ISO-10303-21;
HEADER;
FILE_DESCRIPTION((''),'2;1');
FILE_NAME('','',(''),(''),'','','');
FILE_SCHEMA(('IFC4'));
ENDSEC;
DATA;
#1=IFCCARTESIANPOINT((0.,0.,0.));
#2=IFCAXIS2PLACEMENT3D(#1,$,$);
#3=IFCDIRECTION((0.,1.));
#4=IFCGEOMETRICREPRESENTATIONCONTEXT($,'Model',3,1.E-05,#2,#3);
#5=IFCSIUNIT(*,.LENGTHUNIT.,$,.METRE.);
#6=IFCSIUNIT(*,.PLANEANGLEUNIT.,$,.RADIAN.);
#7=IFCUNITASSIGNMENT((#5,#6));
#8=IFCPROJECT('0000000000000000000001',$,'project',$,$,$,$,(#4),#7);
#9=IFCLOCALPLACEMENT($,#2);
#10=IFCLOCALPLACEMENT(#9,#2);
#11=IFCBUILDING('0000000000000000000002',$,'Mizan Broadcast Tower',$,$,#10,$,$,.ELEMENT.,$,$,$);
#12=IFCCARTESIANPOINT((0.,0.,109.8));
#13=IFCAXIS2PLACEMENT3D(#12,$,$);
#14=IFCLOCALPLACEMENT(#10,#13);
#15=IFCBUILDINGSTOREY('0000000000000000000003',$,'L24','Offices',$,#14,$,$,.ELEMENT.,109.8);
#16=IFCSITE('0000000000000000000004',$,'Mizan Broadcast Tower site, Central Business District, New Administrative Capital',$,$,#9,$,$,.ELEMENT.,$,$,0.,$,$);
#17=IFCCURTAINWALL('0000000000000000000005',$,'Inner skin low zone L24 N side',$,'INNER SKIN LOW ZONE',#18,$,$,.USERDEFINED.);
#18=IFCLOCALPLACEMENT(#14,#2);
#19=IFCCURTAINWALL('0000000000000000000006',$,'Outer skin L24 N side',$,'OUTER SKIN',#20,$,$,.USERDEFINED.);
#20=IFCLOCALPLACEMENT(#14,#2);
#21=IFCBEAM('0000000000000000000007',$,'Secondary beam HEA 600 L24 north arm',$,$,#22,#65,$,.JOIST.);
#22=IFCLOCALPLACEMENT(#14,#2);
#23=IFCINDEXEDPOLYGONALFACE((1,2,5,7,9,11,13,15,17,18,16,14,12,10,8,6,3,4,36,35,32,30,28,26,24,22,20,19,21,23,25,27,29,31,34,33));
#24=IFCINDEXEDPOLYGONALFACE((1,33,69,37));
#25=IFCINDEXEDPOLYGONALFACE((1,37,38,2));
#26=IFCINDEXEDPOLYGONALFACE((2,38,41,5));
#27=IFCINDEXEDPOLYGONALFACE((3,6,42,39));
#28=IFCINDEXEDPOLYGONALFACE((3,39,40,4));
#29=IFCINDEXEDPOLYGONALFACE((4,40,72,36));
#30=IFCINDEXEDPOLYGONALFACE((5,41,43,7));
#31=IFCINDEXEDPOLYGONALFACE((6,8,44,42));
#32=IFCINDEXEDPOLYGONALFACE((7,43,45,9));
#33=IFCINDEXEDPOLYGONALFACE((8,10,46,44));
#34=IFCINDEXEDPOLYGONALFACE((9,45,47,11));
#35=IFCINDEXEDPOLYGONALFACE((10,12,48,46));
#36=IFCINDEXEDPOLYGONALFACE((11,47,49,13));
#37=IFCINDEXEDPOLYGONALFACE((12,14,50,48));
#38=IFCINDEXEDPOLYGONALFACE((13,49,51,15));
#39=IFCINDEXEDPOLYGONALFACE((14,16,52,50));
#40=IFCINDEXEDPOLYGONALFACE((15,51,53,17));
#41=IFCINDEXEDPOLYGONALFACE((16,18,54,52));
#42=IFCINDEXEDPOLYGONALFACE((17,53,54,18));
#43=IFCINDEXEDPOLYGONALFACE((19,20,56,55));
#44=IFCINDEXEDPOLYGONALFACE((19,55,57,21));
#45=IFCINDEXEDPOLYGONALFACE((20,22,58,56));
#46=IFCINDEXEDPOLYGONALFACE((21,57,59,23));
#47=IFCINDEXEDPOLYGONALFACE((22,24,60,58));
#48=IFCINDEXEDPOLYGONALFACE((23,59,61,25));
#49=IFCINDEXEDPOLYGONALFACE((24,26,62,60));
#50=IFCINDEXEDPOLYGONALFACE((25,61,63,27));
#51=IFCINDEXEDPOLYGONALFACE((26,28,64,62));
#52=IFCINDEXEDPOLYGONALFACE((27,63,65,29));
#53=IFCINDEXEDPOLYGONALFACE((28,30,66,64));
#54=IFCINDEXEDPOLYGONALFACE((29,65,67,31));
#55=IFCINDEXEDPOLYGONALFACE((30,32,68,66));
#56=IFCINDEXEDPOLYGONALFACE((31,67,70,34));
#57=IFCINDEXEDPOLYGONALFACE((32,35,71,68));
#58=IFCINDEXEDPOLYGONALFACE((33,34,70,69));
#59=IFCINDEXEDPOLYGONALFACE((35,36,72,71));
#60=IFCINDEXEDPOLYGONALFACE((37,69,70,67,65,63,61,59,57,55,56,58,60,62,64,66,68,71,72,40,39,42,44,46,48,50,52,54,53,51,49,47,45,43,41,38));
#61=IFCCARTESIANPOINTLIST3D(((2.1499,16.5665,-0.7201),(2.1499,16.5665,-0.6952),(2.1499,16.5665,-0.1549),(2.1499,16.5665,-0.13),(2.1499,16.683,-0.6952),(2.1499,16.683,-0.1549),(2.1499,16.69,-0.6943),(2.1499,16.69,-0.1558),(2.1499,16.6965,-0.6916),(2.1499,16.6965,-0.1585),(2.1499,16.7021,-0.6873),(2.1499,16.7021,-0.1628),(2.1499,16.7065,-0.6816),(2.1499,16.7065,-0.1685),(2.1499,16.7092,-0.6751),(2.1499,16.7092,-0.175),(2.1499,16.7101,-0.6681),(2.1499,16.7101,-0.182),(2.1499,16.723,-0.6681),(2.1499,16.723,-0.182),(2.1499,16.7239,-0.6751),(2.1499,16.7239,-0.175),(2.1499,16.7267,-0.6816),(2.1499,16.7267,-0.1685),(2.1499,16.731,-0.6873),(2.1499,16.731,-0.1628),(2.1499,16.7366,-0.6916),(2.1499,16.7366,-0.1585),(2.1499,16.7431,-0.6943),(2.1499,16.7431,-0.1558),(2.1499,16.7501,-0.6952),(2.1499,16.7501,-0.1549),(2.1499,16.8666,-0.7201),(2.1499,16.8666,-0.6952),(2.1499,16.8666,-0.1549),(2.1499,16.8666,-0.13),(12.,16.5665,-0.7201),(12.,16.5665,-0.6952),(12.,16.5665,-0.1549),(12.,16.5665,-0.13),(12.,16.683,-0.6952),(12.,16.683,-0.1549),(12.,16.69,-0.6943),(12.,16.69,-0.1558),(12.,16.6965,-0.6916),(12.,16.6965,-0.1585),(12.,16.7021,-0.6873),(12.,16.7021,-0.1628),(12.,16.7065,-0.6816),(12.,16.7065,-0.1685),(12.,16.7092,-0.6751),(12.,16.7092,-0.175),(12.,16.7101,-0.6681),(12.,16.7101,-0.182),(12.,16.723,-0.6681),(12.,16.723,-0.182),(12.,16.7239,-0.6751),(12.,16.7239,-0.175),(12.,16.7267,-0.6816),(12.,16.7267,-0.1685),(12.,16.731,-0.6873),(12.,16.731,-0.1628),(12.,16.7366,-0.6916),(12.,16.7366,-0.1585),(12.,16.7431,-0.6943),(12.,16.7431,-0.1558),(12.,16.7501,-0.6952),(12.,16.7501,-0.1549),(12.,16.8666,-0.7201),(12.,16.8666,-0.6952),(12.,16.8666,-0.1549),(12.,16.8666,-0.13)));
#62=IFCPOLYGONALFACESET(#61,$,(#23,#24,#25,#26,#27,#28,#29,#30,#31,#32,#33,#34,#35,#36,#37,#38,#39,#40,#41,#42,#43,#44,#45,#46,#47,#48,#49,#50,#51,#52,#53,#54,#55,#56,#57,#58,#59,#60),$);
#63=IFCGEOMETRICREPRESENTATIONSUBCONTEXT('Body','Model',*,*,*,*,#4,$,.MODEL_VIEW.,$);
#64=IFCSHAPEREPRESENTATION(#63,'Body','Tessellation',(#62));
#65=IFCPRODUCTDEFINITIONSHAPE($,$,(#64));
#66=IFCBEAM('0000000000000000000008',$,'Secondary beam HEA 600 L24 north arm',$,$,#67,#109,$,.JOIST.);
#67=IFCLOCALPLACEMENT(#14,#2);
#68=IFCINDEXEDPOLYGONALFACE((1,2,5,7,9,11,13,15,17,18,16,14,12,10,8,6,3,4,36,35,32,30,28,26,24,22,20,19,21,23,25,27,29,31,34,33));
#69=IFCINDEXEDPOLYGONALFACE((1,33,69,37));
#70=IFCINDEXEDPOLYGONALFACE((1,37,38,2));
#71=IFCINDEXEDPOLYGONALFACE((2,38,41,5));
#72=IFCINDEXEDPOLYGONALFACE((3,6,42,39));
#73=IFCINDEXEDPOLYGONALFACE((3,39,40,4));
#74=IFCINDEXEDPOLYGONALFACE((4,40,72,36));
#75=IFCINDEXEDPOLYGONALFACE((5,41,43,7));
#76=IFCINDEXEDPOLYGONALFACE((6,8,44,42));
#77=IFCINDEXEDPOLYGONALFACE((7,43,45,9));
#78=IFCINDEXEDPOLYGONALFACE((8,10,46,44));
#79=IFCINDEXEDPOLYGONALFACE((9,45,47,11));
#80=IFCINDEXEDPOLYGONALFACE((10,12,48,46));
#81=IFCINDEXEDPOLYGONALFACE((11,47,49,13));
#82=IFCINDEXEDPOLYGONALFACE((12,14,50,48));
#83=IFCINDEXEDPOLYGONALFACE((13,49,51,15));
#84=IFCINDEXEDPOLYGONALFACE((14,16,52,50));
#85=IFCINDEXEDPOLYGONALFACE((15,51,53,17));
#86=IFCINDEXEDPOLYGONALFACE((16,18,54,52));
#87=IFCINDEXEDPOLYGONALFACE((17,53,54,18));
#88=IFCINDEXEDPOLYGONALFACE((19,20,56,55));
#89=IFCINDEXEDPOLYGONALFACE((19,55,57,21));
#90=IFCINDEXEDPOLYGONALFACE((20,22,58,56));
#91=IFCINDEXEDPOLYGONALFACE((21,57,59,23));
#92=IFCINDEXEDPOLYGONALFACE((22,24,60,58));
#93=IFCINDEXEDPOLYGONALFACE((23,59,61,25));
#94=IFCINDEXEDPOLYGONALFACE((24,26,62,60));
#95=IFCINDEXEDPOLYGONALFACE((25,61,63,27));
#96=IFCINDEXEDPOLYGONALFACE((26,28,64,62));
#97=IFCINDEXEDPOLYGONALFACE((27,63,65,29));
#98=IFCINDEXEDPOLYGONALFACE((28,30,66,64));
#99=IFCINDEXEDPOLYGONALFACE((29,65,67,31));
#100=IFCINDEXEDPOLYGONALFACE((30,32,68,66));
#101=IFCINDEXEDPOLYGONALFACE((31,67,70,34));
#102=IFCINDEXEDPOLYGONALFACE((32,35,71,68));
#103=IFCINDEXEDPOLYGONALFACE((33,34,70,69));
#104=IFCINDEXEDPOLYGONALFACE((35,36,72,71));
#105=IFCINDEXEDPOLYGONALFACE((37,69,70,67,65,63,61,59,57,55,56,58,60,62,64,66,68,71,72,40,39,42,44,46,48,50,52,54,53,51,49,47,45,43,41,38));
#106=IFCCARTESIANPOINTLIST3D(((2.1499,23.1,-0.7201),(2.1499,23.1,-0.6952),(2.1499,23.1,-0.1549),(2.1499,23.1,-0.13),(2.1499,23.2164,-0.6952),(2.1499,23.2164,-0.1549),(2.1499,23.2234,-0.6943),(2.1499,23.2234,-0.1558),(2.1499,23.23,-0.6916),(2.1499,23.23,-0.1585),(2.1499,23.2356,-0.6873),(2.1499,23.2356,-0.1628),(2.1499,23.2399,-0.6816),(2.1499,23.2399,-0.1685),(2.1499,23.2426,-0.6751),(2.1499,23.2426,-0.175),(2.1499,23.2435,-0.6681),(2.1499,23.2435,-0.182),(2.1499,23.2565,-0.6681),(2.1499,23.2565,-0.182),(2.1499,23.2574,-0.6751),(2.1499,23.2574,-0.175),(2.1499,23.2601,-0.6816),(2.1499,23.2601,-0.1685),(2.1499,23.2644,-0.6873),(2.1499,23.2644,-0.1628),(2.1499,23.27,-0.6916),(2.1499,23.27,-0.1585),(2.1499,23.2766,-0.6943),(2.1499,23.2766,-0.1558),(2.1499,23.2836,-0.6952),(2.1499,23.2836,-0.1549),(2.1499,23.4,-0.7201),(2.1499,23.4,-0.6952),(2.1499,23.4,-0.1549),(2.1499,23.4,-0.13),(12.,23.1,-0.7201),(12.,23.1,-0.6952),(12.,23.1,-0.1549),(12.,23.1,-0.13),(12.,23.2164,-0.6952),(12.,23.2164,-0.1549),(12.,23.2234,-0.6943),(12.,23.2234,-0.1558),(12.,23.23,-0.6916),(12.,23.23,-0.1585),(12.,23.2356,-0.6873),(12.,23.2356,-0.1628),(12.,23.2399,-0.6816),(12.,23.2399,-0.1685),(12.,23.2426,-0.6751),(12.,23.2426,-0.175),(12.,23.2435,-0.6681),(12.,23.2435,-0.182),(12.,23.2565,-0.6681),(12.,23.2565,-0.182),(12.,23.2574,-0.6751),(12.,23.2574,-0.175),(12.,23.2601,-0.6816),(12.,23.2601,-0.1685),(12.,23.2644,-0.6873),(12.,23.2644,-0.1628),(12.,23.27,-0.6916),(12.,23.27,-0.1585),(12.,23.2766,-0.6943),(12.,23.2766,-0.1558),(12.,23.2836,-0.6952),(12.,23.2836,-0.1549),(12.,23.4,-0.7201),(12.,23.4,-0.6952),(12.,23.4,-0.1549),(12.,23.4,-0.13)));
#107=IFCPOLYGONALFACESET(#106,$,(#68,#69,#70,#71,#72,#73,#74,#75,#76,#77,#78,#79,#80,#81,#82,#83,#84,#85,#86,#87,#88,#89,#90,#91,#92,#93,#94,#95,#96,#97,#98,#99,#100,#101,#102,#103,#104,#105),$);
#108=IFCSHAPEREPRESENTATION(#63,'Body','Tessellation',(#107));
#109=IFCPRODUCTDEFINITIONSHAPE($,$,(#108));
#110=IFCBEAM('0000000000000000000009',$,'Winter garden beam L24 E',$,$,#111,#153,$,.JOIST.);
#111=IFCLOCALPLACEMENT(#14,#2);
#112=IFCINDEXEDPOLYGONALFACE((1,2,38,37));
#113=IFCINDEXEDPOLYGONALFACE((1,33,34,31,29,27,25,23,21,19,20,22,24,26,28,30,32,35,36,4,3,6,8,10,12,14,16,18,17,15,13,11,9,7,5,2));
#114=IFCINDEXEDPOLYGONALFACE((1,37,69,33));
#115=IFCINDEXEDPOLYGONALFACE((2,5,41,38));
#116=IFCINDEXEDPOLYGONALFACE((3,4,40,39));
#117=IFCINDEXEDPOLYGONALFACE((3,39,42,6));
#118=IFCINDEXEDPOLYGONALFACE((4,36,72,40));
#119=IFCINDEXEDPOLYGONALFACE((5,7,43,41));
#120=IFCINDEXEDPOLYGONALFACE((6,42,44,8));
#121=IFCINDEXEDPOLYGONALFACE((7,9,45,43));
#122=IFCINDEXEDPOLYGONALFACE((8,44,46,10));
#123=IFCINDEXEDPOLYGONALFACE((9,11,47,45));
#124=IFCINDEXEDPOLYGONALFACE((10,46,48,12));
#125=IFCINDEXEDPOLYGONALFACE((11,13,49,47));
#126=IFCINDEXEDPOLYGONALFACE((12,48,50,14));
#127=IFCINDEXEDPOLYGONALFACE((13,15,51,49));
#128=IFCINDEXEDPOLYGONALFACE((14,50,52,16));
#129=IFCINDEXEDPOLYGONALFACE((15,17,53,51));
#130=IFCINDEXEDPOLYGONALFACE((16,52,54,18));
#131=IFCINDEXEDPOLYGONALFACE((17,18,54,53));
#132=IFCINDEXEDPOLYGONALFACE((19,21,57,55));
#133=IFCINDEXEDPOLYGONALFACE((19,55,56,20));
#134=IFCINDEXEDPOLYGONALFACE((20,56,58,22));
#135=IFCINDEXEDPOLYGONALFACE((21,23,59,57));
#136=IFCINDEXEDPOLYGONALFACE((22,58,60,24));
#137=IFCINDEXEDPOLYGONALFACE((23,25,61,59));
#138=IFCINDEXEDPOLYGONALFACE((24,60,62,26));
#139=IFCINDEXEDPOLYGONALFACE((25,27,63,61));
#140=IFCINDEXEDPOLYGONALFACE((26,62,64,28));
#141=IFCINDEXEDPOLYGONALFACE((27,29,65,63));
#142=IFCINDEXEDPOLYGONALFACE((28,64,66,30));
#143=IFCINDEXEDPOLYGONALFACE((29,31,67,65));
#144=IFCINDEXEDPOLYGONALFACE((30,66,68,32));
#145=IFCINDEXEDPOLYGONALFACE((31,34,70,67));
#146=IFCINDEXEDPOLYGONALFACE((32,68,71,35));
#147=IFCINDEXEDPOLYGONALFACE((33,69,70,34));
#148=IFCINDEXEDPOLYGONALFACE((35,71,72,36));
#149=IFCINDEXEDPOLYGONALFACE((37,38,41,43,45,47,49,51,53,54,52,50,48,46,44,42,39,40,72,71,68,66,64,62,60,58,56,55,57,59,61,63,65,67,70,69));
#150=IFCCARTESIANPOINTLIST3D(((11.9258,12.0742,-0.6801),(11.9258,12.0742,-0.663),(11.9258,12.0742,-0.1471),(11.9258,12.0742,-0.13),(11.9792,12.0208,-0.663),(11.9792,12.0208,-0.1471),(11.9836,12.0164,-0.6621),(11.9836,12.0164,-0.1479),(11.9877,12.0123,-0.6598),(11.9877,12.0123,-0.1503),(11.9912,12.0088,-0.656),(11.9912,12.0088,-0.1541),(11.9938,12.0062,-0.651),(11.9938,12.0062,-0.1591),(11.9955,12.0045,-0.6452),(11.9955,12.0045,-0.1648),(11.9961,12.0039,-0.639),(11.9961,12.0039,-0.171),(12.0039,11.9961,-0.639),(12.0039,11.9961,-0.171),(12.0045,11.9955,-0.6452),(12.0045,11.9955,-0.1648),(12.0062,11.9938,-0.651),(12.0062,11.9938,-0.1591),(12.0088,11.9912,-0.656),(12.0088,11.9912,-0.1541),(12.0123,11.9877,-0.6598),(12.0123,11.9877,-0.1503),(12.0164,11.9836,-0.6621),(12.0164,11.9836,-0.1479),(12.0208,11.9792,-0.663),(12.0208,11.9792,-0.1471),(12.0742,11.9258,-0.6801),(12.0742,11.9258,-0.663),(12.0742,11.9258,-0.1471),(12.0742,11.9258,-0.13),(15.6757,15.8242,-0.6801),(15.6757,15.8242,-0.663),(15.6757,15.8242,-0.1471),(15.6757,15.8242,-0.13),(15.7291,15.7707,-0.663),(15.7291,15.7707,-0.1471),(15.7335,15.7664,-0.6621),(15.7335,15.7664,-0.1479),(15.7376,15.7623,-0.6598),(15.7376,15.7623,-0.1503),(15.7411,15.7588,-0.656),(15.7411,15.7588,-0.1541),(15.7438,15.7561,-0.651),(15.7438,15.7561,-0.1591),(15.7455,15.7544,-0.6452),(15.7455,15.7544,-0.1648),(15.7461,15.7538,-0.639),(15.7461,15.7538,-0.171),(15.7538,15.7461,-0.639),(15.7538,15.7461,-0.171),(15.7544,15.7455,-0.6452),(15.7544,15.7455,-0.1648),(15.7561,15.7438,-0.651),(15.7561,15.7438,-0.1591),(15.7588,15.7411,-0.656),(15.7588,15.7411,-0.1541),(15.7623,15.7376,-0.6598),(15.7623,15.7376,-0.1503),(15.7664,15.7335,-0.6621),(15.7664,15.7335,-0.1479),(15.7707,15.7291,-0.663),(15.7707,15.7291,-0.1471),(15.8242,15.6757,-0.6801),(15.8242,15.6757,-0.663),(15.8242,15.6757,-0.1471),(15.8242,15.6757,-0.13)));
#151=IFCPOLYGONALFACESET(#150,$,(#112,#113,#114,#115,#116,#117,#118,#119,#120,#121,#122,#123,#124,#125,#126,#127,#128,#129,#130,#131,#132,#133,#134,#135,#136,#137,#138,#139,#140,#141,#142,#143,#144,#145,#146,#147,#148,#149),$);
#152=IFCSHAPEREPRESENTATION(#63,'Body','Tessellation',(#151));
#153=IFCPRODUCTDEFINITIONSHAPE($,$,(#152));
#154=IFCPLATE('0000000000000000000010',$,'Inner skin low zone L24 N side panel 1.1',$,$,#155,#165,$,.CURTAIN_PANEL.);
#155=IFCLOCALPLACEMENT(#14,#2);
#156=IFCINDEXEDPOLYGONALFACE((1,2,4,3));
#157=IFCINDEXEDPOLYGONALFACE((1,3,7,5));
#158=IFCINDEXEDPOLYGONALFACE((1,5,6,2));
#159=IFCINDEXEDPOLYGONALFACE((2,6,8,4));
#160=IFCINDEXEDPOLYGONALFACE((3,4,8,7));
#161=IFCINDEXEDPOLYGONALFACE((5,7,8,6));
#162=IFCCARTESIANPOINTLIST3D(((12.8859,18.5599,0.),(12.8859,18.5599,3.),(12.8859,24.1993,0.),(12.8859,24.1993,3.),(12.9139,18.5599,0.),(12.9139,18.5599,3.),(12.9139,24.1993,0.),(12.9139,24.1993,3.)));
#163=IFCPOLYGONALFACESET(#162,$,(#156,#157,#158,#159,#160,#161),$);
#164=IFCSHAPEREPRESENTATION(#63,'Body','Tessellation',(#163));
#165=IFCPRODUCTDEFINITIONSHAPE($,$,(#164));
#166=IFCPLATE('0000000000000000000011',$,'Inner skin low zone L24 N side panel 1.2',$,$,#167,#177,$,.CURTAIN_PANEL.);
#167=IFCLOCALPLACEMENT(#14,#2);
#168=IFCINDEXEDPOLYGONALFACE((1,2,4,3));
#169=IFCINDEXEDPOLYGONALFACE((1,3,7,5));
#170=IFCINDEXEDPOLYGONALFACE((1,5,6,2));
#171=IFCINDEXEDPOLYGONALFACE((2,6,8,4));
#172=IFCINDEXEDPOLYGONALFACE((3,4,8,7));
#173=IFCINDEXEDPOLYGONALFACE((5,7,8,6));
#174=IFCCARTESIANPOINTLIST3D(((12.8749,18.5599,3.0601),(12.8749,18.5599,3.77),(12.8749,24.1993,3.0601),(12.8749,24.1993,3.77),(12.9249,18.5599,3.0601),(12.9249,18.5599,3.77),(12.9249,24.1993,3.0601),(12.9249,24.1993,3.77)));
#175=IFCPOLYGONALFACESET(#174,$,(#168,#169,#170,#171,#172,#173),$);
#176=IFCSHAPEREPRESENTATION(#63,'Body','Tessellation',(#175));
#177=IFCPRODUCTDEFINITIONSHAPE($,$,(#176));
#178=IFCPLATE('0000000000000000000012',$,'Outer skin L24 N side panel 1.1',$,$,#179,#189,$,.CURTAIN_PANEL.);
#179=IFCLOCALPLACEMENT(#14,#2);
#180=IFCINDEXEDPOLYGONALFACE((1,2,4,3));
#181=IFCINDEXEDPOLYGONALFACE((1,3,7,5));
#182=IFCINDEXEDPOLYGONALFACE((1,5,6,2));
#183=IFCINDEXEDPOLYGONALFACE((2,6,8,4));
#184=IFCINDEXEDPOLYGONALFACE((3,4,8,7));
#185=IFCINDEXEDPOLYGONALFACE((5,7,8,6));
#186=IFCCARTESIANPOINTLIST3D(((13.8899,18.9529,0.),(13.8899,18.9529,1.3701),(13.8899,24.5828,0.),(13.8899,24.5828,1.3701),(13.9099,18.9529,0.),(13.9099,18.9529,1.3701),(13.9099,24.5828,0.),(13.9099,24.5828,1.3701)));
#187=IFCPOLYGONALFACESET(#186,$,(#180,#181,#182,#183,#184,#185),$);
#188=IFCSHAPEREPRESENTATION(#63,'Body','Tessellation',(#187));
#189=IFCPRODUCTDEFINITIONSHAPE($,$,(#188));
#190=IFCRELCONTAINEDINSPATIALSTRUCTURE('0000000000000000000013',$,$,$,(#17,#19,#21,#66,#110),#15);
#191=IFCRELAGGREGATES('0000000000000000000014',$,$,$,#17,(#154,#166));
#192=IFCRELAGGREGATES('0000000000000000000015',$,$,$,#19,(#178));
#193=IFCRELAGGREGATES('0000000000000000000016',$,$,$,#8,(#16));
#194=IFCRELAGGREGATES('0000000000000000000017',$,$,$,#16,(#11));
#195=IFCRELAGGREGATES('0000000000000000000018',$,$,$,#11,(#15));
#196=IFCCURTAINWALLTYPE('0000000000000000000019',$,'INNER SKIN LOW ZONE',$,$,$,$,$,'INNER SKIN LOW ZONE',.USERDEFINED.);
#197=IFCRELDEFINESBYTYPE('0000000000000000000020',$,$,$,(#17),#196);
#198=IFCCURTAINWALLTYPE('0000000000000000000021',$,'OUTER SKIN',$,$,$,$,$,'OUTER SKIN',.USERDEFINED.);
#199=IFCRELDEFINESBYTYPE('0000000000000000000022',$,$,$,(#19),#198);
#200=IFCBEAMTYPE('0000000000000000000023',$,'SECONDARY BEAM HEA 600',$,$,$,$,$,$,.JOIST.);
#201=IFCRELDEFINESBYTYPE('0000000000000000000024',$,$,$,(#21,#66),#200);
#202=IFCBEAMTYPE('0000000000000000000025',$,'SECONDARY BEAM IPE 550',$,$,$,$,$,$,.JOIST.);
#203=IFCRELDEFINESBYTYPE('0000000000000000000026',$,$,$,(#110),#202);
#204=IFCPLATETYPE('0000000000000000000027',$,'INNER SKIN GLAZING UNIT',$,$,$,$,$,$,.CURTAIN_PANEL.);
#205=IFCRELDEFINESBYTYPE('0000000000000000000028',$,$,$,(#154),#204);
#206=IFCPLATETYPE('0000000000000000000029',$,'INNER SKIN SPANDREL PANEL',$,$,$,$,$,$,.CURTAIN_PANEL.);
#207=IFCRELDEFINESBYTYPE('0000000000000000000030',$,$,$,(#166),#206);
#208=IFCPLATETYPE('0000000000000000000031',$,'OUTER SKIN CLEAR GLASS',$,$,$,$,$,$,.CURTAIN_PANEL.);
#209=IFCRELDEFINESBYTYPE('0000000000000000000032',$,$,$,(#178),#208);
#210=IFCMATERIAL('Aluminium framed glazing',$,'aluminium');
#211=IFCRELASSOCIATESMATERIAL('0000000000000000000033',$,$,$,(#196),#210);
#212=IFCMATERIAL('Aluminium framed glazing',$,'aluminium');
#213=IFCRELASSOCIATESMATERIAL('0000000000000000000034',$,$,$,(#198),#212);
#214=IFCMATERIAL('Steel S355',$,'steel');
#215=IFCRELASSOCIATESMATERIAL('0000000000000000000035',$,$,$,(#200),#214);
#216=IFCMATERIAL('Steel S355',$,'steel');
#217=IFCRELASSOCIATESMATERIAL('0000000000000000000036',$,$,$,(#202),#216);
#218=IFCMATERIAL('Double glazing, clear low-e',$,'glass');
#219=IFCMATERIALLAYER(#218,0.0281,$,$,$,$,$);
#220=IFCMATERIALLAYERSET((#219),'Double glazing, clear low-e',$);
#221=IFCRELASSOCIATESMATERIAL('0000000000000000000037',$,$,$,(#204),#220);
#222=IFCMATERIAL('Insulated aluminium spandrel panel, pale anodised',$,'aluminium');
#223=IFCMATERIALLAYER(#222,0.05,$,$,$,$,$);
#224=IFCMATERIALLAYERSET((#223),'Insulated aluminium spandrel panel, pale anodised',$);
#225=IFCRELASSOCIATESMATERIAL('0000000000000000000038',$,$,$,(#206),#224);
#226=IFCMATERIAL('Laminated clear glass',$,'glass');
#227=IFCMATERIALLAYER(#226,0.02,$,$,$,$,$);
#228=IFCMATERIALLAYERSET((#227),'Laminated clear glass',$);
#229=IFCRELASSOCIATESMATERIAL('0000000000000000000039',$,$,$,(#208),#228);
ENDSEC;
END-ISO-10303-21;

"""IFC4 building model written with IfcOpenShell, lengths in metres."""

from ifc_helpers import new_model, si_unit, direction, frame, origin, origin_2d, place, context, subcontext, project, spatial, rectangle, i_section, extrude, material, layer, layer_set, material_profile, profile_set, type_object, element, aggregate, save


model = new_model("IFC4")

# Units and contexts
model_context = context("Model", 3, precision=1e-05, world=origin(), true_north=direction((0.0, 1.0)))
body_context = subcontext(model_context, "Body", "Model", "MODEL_VIEW")
ifc_project = project(units=[si_unit("LENGTHUNIT", "METRE"), si_unit("PLANEANGLEUNIT", "RADIAN")], contexts=[model_context])

# Site, building, storey
site_placement = place(None, origin())
site = spatial("IfcSite", under=ifc_project, at=site_placement, Name="Mizan Broadcast Tower site, Central Business District, New Administrative Capital", CompositionType="ELEMENT", RefElevation=0.0)
building_placement = place(site_placement, origin())
building = spatial("IfcBuilding", under=site, at=building_placement, Name="Mizan Broadcast Tower", CompositionType="ELEMENT")
storey_placement = place(building_placement, frame((0.0, 0.0, 109.8)))
storey = spatial("IfcBuildingStorey", under=building, at=storey_placement, Name="L24", Description="Offices", CompositionType="ELEMENT", Elevation=109.8)

# Curtain walls
ifc_material_1 = material(Name="Aluminium framed glazing", Category="aluminium")
curtain_wall_type_1 = type_object("IfcCurtainWallType", Name="INNER SKIN LOW ZONE", ElementType="INNER SKIN LOW ZONE", PredefinedType="USERDEFINED", material=ifc_material_1)
curtain_wall_1_placement = place(storey_placement, origin())
curtain_wall_1 = element("IfcCurtainWall", 1, at=curtain_wall_1_placement, inside=storey, type_object=curtain_wall_type_1, Name="Inner skin low zone L24 N side", ObjectType="INNER SKIN LOW ZONE", PredefinedType="USERDEFINED")
ifc_material_2 = material(Name="Aluminium framed glazing", Category="aluminium")
curtain_wall_type_2 = type_object("IfcCurtainWallType", Name="OUTER SKIN", ElementType="OUTER SKIN", PredefinedType="USERDEFINED", material=ifc_material_2)
curtain_wall_2_placement = place(storey_placement, origin())
curtain_wall_2 = element("IfcCurtainWall", 2, at=curtain_wall_2_placement, inside=storey, type_object=curtain_wall_type_2, Name="Outer skin L24 N side", ObjectType="OUTER SKIN", PredefinedType="USERDEFINED")

# Beams
ifc_material_3 = material(Name="Steel S355", Category="steel")
ifc_material_profile_1 = material_profile(ifc_material_3, i_section(OverallWidth=0.3, OverallDepth=0.5901, WebThickness=0.0129, FlangeThickness=0.0249, FilletRadius=0.0271, at=origin_2d()), Name="HEA 600")
ifc_profile_set_1 = profile_set([ifc_material_profile_1], Name="Steel S355")
beam_type_1 = type_object("IfcBeamType", Name="SECONDARY BEAM HEA 600", PredefinedType="JOIST", material=ifc_profile_set_1)
for number, where, z_axis, x_axis, name in (
    (3, (12.0, 16.7166, -0.425), (-1.0, 0.0, 0.0), (0.0, -1.0, 0.0), "Secondary beam HEA 600 L24 north arm"),
    (4, (12.0, 23.25, -0.425), (-1.0, 0.0, 0.0), (0.0, -1.0, 0.0), "Secondary beam HEA 600 L24 north arm"),
):
    element("IfcBeam", number, at=place(storey_placement, frame(where, z_axis=z_axis, x_axis=x_axis)), inside=storey, type_object=beam_type_1, Name=name, PredefinedType="JOIST", context=body_context, shape_type="SweptSolid", body=[
        extrude(i_section(OverallWidth=0.3, OverallDepth=0.5901, WebThickness=0.0129, FlangeThickness=0.0249, FilletRadius=0.0271, at=origin_2d()), origin(), (0.0, 0.0, 1.0), 9.8501),
    ])
ifc_material_4 = material(Name="Steel S355", Category="steel")
ifc_material_profile_2 = material_profile(ifc_material_4, i_section(OverallWidth=0.21, OverallDepth=0.55, WebThickness=0.011, FlangeThickness=0.0171, FilletRadius=0.0239, at=origin_2d()), Name="IPE 550")
ifc_profile_set_2 = profile_set([ifc_material_profile_2], Name="Steel S355")
beam_type_2 = type_object("IfcBeamType", Name="SECONDARY BEAM IPE 550", PredefinedType="JOIST", material=ifc_profile_set_2)
beam_1_placement = place(storey_placement, frame((12.0, 12.0, -0.405), z_axis=(0.707107, 0.707107, 0.0), x_axis=(-0.707107, 0.707107, 0.0)))
element("IfcBeam", 5, at=beam_1_placement, inside=storey, type_object=beam_type_2, Name="Winter garden beam L24 E", PredefinedType="JOIST", context=body_context, shape_type="SweptSolid", body=[
    extrude(i_section(OverallWidth=0.21, OverallDepth=0.55, WebThickness=0.011, FlangeThickness=0.0171, FilletRadius=0.0239, at=origin_2d()), origin(), (0.0, 0.0, 1.0), 5.3032),
])

# Plates
ifc_material_5 = material(Name="Double glazing, clear low-e", Category="glass")
ifc_layer_1 = layer(ifc_material_5, 0.0281)
ifc_layer_set_1 = layer_set([ifc_layer_1], Name="Double glazing, clear low-e")
plate_type_1 = type_object("IfcPlateType", Name="INNER SKIN GLAZING UNIT", PredefinedType="CURTAIN_PANEL", material=ifc_layer_set_1)
plate_1_placement = place(storey_placement, frame((12.8999, 21.3796, 0.0), z_axis=(0.0, 0.0, 1.0), x_axis=(0.0, 1.0, 0.0)))
plate_1 = element("IfcPlate", 6, at=plate_1_placement, type_object=plate_type_1, Name="Inner skin low zone L24 N side panel 1.1", PredefinedType="CURTAIN_PANEL", context=body_context, shape_type="SweptSolid", body=[
    extrude(rectangle(XDim=5.6394, YDim=0.0281, at=origin_2d()), origin(), (0.0, 0.0, 1.0), 3.0),
])
ifc_material_6 = material(Name="Insulated aluminium spandrel panel, pale anodised", Category="aluminium")
ifc_layer_2 = layer(ifc_material_6, 0.05)
ifc_layer_set_2 = layer_set([ifc_layer_2], Name="Insulated aluminium spandrel panel, pale anodised")
plate_type_2 = type_object("IfcPlateType", Name="INNER SKIN SPANDREL PANEL", PredefinedType="CURTAIN_PANEL", material=ifc_layer_set_2)
plate_2_placement = place(storey_placement, frame((12.8999, 21.3796, 3.0601), z_axis=(0.0, 0.0, 1.0), x_axis=(0.0, 1.0, 0.0)))
plate_2 = element("IfcPlate", 7, at=plate_2_placement, type_object=plate_type_2, Name="Inner skin low zone L24 N side panel 1.2", PredefinedType="CURTAIN_PANEL", context=body_context, shape_type="SweptSolid", body=[
    extrude(rectangle(XDim=5.6394, YDim=0.05, at=origin_2d()), origin(), (0.0, 0.0, 1.0), 0.71),
])
aggregate(curtain_wall_1, [plate_1, plate_2])
ifc_material_7 = material(Name="Laminated clear glass", Category="glass")
ifc_layer_3 = layer(ifc_material_7, 0.02)
ifc_layer_set_3 = layer_set([ifc_layer_3], Name="Laminated clear glass")
plate_type_3 = type_object("IfcPlateType", Name="OUTER SKIN CLEAR GLASS", PredefinedType="CURTAIN_PANEL", material=ifc_layer_set_3)
plate_3_placement = place(storey_placement, frame((13.8999, 21.7678, 0.0), z_axis=(0.0, 0.0, 1.0), x_axis=(0.0, 1.0, 0.0)))
plate_3 = element("IfcPlate", 8, at=plate_3_placement, type_object=plate_type_3, Name="Outer skin L24 N side panel 1.1", PredefinedType="CURTAIN_PANEL", context=body_context, shape_type="SweptSolid", body=[
    extrude(rectangle(XDim=5.6299, YDim=0.02, at=origin_2d()), origin(), (0.0, 0.0, 1.0), 1.3701),
])
aggregate(curtain_wall_2, [plate_3])

save(model, "model.ifc")
